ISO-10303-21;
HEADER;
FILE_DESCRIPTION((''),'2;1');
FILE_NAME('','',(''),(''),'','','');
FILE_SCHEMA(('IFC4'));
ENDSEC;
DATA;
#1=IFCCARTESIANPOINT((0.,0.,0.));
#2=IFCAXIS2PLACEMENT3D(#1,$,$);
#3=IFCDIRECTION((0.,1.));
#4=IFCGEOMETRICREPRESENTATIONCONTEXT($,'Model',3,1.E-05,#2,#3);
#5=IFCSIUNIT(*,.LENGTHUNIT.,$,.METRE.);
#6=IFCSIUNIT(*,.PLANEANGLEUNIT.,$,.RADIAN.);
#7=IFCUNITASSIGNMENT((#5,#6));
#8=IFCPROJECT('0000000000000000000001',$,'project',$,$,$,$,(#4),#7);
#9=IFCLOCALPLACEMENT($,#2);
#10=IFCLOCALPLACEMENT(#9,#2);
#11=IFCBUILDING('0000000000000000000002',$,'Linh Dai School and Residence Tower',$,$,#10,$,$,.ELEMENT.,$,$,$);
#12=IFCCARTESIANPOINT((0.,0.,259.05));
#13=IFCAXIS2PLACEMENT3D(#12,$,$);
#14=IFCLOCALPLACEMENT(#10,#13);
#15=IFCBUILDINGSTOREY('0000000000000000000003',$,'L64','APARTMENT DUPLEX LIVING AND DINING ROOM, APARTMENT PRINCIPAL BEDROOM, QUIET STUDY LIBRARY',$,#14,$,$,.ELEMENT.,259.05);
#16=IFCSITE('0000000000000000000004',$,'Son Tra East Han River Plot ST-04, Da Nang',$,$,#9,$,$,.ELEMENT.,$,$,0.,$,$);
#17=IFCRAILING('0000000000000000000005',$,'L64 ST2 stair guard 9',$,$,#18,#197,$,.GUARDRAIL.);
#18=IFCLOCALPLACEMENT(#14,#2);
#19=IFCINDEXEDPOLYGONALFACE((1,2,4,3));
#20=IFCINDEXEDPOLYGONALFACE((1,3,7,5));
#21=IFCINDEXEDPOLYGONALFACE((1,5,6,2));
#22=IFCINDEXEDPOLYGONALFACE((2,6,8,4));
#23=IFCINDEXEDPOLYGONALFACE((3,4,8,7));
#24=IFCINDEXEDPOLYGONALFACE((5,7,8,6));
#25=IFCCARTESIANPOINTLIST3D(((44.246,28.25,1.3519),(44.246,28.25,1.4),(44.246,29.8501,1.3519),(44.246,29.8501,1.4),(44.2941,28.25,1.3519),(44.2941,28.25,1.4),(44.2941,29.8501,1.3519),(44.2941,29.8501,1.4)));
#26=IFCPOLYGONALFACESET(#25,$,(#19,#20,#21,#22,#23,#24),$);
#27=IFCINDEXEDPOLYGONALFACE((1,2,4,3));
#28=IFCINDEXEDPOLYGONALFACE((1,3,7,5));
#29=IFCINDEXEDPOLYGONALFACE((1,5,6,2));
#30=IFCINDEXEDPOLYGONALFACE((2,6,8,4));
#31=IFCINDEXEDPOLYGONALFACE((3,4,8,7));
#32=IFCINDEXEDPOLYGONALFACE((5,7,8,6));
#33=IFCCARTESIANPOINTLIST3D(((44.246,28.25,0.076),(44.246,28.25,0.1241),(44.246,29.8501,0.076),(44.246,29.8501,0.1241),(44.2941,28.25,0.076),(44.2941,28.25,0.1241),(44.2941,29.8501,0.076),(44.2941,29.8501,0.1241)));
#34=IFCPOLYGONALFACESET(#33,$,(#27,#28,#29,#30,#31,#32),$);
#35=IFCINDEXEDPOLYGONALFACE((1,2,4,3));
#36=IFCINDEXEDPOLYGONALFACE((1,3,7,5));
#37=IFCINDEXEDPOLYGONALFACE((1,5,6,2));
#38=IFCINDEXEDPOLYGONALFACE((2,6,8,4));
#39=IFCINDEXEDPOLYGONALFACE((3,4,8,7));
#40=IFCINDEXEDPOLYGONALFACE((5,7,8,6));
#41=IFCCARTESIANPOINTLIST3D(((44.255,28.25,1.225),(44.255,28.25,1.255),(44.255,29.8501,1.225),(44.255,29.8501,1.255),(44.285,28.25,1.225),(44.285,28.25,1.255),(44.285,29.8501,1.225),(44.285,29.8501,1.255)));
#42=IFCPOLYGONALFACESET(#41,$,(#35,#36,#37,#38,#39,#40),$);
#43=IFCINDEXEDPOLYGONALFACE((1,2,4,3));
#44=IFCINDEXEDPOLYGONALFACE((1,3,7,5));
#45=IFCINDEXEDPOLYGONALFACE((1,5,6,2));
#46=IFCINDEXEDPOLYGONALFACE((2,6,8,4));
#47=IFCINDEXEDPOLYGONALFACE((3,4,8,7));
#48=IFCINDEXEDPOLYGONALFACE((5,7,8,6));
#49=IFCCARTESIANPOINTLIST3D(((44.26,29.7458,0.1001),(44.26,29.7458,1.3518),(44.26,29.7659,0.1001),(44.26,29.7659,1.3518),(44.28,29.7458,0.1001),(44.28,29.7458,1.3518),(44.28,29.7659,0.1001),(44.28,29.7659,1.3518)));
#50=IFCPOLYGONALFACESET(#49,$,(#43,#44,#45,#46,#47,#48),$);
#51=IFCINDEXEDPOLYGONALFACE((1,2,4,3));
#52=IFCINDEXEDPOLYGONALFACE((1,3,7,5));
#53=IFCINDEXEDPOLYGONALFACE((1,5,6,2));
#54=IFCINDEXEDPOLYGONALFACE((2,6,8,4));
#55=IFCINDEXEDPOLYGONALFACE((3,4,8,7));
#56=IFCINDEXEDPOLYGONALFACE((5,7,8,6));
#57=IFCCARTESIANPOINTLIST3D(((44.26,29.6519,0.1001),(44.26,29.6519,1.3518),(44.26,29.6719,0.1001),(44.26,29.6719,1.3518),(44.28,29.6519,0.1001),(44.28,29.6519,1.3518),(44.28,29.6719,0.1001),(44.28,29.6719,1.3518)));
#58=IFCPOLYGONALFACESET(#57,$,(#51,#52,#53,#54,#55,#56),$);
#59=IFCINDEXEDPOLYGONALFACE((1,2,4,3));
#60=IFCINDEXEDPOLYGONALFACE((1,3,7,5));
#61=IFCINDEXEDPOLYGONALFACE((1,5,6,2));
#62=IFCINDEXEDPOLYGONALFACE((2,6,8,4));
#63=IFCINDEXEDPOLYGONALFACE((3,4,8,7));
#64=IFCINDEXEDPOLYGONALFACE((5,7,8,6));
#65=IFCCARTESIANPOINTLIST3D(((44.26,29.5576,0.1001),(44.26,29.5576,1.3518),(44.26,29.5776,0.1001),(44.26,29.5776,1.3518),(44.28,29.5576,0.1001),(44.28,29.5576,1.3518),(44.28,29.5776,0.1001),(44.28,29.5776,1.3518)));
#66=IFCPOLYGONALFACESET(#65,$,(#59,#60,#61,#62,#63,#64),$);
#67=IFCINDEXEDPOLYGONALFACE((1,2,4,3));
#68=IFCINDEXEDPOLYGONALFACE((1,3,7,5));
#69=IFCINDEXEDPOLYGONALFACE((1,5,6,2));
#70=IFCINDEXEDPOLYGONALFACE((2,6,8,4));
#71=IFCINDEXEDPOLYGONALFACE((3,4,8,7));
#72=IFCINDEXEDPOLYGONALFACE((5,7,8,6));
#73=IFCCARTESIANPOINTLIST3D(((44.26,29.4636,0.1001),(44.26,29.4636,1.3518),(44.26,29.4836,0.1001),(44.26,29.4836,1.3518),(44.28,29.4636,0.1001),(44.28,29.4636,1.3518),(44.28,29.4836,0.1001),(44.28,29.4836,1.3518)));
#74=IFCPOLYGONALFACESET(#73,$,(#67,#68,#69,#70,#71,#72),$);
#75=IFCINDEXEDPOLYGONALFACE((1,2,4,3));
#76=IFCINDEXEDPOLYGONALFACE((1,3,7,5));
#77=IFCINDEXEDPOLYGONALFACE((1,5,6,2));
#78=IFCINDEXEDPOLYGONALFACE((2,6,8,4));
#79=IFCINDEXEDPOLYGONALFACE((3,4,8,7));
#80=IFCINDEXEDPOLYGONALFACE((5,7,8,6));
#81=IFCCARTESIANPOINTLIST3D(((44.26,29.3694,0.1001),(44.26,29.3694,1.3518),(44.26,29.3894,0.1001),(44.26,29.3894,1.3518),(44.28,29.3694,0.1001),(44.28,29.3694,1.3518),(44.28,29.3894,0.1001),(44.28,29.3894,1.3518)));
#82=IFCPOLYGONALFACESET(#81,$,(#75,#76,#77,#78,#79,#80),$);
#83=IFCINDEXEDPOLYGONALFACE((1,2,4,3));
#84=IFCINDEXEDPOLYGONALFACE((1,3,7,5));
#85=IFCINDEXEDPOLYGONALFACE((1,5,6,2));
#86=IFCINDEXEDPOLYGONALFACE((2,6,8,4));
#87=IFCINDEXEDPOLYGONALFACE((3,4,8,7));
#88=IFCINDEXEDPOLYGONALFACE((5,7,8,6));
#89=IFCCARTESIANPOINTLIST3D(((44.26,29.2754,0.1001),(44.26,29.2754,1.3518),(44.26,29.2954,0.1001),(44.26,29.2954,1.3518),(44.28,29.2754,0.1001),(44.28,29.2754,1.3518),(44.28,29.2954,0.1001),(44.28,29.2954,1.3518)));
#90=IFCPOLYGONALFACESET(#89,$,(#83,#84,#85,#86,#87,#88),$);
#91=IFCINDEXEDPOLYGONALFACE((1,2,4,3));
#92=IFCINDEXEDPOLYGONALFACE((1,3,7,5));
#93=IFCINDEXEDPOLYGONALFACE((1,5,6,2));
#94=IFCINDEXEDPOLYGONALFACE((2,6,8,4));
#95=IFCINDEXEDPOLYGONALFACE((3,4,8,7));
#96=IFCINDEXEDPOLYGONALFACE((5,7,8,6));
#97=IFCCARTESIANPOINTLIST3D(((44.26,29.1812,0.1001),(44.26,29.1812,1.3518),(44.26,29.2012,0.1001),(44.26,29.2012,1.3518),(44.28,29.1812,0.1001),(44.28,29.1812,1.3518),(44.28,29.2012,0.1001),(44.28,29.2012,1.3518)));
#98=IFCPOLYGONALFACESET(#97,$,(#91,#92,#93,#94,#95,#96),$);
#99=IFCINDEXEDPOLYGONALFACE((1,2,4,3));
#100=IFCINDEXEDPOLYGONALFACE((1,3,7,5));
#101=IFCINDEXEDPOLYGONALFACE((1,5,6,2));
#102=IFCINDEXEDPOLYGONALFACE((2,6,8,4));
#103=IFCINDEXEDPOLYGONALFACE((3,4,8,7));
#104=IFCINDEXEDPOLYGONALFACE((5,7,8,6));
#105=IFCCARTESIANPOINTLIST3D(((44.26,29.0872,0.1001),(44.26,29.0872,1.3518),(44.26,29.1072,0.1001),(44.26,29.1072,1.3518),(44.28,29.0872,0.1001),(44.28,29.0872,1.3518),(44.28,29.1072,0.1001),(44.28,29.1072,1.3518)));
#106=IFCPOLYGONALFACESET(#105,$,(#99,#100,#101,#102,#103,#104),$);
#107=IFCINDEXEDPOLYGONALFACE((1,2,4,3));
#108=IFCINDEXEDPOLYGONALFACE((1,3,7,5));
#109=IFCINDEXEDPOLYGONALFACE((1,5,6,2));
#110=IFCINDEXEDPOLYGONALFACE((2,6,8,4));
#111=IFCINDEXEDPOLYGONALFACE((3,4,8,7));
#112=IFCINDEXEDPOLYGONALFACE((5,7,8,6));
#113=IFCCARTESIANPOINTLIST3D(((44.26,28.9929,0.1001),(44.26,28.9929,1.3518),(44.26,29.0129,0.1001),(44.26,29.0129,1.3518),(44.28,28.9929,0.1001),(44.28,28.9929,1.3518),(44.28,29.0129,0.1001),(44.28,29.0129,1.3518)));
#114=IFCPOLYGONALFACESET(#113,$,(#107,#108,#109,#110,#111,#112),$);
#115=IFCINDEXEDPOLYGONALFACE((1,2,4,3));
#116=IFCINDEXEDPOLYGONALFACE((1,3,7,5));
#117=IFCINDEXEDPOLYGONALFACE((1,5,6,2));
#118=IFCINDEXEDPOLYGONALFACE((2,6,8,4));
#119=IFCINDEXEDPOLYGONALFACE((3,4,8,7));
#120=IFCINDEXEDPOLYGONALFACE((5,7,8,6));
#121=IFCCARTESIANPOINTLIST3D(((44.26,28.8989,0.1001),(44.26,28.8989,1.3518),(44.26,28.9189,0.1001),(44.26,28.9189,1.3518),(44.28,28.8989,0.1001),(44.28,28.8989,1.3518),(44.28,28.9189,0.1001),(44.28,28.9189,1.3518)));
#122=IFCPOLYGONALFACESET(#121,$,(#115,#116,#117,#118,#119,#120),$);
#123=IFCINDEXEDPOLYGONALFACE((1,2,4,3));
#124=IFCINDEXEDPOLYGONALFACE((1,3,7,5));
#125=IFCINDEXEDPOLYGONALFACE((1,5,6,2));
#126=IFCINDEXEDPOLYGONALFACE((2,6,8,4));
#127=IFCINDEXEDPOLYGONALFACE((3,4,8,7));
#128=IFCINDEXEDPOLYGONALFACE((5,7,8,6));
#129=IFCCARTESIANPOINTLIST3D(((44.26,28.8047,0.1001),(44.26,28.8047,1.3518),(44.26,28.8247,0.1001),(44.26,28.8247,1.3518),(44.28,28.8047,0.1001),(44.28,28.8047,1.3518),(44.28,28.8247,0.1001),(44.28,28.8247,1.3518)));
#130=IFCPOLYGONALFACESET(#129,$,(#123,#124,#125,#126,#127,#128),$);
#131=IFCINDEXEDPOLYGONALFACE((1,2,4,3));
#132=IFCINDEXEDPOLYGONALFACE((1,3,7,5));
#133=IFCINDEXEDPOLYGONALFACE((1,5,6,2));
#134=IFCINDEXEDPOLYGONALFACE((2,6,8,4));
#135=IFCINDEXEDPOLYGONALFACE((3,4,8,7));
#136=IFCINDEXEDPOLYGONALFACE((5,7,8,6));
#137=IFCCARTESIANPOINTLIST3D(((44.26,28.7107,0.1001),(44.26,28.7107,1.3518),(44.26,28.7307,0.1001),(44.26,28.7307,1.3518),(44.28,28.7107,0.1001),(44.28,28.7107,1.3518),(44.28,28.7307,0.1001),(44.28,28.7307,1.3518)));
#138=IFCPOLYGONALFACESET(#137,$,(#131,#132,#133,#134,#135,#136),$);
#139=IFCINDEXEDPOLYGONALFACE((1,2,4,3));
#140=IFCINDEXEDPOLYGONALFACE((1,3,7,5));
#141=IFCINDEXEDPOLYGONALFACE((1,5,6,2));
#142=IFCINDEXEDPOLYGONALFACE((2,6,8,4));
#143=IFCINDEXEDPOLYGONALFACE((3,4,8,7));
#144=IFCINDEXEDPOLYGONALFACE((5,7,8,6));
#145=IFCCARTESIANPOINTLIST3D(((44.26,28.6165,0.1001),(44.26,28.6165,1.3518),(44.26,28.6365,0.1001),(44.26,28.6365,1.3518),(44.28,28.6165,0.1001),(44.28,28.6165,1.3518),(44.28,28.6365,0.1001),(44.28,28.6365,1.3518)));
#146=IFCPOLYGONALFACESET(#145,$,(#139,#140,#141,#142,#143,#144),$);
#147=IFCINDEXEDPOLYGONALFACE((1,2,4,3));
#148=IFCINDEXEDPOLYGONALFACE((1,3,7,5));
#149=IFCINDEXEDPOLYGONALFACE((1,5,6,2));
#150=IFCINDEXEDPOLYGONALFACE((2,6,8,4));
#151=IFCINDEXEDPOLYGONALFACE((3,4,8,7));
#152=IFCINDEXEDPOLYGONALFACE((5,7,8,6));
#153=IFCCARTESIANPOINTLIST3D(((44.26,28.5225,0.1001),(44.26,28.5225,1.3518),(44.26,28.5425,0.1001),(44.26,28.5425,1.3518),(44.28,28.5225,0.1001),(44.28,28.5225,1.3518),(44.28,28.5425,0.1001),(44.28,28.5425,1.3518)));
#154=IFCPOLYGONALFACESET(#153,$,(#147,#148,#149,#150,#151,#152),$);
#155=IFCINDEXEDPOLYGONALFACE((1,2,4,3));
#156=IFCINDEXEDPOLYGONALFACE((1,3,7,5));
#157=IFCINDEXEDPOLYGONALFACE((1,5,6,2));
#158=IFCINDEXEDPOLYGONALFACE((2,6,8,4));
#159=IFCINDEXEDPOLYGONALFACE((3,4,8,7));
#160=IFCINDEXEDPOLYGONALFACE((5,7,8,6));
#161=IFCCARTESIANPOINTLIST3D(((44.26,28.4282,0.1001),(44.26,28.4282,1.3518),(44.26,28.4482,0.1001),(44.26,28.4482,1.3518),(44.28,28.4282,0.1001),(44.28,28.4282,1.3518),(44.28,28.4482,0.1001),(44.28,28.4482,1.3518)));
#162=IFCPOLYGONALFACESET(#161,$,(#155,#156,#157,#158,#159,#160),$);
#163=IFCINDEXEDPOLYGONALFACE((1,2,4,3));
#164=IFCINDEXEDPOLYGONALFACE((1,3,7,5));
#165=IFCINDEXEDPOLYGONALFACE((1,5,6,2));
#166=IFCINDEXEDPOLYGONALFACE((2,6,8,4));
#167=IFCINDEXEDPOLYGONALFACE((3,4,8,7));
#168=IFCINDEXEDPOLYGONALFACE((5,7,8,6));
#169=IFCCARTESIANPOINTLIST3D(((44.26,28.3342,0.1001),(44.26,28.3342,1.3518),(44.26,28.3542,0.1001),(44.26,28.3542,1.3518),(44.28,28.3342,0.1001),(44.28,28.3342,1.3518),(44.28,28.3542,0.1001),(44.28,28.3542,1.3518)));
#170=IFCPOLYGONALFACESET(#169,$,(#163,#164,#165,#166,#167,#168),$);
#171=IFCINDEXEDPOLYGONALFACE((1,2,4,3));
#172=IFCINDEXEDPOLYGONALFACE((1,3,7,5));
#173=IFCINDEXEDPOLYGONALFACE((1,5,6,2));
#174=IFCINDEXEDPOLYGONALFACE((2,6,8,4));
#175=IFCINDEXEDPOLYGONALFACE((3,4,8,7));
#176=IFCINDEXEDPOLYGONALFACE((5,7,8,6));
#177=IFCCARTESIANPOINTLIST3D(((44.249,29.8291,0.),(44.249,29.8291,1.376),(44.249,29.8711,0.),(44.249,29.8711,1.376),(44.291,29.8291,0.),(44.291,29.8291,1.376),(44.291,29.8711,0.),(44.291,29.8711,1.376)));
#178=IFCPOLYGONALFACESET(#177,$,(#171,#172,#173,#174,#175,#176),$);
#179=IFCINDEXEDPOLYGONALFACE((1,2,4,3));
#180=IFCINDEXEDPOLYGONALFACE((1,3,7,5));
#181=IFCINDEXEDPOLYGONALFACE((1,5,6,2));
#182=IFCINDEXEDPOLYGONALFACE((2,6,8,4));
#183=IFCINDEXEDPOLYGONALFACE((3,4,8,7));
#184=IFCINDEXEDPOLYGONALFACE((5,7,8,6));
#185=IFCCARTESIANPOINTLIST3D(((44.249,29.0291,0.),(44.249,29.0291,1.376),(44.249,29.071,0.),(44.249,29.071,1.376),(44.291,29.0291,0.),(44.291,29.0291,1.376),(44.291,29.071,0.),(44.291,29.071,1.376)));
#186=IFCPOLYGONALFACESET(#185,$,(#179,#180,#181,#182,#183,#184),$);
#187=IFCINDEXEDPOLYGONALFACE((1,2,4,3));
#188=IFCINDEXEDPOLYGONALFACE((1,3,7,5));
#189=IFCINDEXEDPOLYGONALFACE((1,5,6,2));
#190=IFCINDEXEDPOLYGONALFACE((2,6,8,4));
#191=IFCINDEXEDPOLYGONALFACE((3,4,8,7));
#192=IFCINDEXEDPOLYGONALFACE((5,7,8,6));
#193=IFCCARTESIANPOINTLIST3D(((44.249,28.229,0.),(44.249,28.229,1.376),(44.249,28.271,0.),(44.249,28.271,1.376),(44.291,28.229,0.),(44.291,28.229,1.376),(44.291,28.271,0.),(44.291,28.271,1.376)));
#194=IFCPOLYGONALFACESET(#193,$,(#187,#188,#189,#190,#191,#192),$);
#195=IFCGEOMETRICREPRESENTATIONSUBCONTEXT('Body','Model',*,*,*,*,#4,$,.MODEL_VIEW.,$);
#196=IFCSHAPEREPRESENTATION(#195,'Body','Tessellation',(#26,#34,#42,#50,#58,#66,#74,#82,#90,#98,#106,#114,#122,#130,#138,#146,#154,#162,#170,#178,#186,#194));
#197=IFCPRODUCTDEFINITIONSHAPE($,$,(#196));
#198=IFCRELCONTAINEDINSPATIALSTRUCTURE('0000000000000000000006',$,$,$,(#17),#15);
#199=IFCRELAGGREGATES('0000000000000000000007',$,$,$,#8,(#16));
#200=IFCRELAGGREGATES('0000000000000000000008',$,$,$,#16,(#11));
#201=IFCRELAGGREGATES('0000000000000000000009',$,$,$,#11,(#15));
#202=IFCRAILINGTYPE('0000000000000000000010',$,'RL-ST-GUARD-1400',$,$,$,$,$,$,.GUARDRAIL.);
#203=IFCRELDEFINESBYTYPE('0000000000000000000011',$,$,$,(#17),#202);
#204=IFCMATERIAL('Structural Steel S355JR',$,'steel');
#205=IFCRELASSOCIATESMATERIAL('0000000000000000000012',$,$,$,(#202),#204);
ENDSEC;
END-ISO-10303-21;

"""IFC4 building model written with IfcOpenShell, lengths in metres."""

from ifc_helpers import new_model, si_unit, direction, frame, origin, origin_2d, place, context, subcontext, project, spatial, rectangle, extrude, source, transform, mapped, material, type_object, element, save


model = new_model("IFC4")

# Units and contexts
model_context = context("Model", 3, precision=1e-05, world=origin(), true_north=direction((0.0, 1.0)))
body_context = subcontext(model_context, "Body", "Model", "MODEL_VIEW")
ifc_project = project(units=[si_unit("LENGTHUNIT", "METRE"), si_unit("PLANEANGLEUNIT", "RADIAN")], contexts=[model_context])

# Site, building, storey
site_placement = place(None, origin())
site = spatial("IfcSite", under=ifc_project, at=site_placement, Name="Son Tra East Han River Plot ST-04, Da Nang", CompositionType="ELEMENT", RefElevation=0.0)
building_placement = place(site_placement, origin())
building = spatial("IfcBuilding", under=site, at=building_placement, Name="Linh Dai School and Residence Tower", CompositionType="ELEMENT")
storey_placement = place(building_placement, frame((0.0, 0.0, 259.05)))
storey = spatial("IfcBuildingStorey", under=building, at=storey_placement, Name="L64", Description="APARTMENT DUPLEX LIVING AND DINING ROOM, APARTMENT PRINCIPAL BEDROOM, QUIET STUDY LIBRARY", CompositionType="ELEMENT", Elevation=259.05)

# Shared definitions
ifc_material_1 = material(Name="Structural Steel S355JR", Category="steel")

# Railing
railing_type_1 = type_object("IfcRailingType", Name="RL-ST-GUARD-1400", PredefinedType="GUARDRAIL", material=ifc_material_1)
shared_shape_1 = source(origin(), body_context, "Body", "SweptSolid", [
    extrude(rectangle(XDim=0.0481, YDim=0.0481, at=origin_2d()), frame((0.0, 0.0, 1.376), z_axis=(0.0, -1.0, 0.0), x_axis=(1.0, 0.0, 0.0)), (0.0, 0.0, 1.0), 1.6001),
    extrude(rectangle(XDim=0.0481, YDim=0.0481, at=origin_2d()), frame((0.0, 0.0, 0.1001), z_axis=(0.0, -1.0, 0.0), x_axis=(1.0, 0.0, 0.0)), (0.0, 0.0, 1.0), 1.6001),
    extrude(rectangle(XDim=0.03, YDim=0.03, at=origin_2d()), frame((0.0, 0.0, 1.24), z_axis=(0.0, -1.0, 0.0), x_axis=(1.0, 0.0, 0.0)), (0.0, 0.0, 1.0), 1.6001),
    extrude(rectangle(XDim=0.02, YDim=0.02, at=origin_2d()), frame((0.0, -0.0942, 0.1001)), (0.0, 0.0, 1.0), 1.2517),
    extrude(rectangle(XDim=0.02, YDim=0.02, at=origin_2d()), frame((0.0, -0.1882, 0.1001)), (0.0, 0.0, 1.0), 1.2517),
    extrude(rectangle(XDim=0.02, YDim=0.02, at=origin_2d()), frame((0.0, -0.2825, 0.1001)), (0.0, 0.0, 1.0), 1.2517),
    extrude(rectangle(XDim=0.02, YDim=0.02, at=origin_2d()), frame((0.0, -0.3765, 0.1001)), (0.0, 0.0, 1.0), 1.2517),
    extrude(rectangle(XDim=0.02, YDim=0.02, at=origin_2d()), frame((0.0, -0.4707, 0.1001)), (0.0, 0.0, 1.0), 1.2517),
    extrude(rectangle(XDim=0.02, YDim=0.02, at=origin_2d()), frame((0.0, -0.5647, 0.1001)), (0.0, 0.0, 1.0), 1.2517),
    extrude(rectangle(XDim=0.02, YDim=0.02, at=origin_2d()), frame((0.0, -0.6589, 0.1001)), (0.0, 0.0, 1.0), 1.2517),
    extrude(rectangle(XDim=0.02, YDim=0.02, at=origin_2d()), frame((0.0, -0.7529, 0.1001)), (0.0, 0.0, 1.0), 1.2517),
    extrude(rectangle(XDim=0.02, YDim=0.02, at=origin_2d()), frame((0.0, -0.8472, 0.1001)), (0.0, 0.0, 1.0), 1.2517),
    extrude(rectangle(XDim=0.02, YDim=0.02, at=origin_2d()), frame((0.0, -0.9412, 0.1001)), (0.0, 0.0, 1.0), 1.2517),
    extrude(rectangle(XDim=0.02, YDim=0.02, at=origin_2d()), frame((0.0, -1.0354, 0.1001)), (0.0, 0.0, 1.0), 1.2517),
    extrude(rectangle(XDim=0.02, YDim=0.02, at=origin_2d()), frame((0.0, -1.1294, 0.1001)), (0.0, 0.0, 1.0), 1.2517),
    extrude(rectangle(XDim=0.02, YDim=0.02, at=origin_2d()), frame((0.0, -1.2236, 0.1001)), (0.0, 0.0, 1.0), 1.2517),
    extrude(rectangle(XDim=0.02, YDim=0.02, at=origin_2d()), frame((0.0, -1.3176, 0.1001)), (0.0, 0.0, 1.0), 1.2517),
    extrude(rectangle(XDim=0.02, YDim=0.02, at=origin_2d()), frame((0.0, -1.4119, 0.1001)), (0.0, 0.0, 1.0), 1.2517),
    extrude(rectangle(XDim=0.02, YDim=0.02, at=origin_2d()), frame((0.0, -1.5059, 0.1001)), (0.0, 0.0, 1.0), 1.2517),
    extrude(rectangle(XDim=0.042, YDim=0.042, at=origin_2d()), origin(), (0.0, 0.0, 1.0), 1.376),
    extrude(rectangle(XDim=0.042, YDim=0.042, at=origin_2d()), frame((0.0, -0.8, 0.0)), (0.0, 0.0, 1.0), 1.376),
    extrude(rectangle(XDim=0.042, YDim=0.042, at=origin_2d()), frame((0.0, -1.6001, 0.0)), (0.0, 0.0, 1.0), 1.376),
])
for number, where, name in (
    (1, (44.27, 29.8501, 0.0), "L64 ST2 stair guard 9"),
):
    element("IfcRailing", number, at=place(storey_placement, frame(where)), inside=storey, type_object=railing_type_1, Name=name, PredefinedType="GUARDRAIL", context=body_context, shape_type="MappedRepresentation", body=[
        mapped(shared_shape_1, transform((0.0, 0.0, 0.0), x_axis=(1.0, 0.0, 0.0), y_axis=(0.0, 1.0, 0.0), z_axis=(0.0, 0.0, 1.0), scale=1.0)),
    ])

save(model, "model.ifc")
